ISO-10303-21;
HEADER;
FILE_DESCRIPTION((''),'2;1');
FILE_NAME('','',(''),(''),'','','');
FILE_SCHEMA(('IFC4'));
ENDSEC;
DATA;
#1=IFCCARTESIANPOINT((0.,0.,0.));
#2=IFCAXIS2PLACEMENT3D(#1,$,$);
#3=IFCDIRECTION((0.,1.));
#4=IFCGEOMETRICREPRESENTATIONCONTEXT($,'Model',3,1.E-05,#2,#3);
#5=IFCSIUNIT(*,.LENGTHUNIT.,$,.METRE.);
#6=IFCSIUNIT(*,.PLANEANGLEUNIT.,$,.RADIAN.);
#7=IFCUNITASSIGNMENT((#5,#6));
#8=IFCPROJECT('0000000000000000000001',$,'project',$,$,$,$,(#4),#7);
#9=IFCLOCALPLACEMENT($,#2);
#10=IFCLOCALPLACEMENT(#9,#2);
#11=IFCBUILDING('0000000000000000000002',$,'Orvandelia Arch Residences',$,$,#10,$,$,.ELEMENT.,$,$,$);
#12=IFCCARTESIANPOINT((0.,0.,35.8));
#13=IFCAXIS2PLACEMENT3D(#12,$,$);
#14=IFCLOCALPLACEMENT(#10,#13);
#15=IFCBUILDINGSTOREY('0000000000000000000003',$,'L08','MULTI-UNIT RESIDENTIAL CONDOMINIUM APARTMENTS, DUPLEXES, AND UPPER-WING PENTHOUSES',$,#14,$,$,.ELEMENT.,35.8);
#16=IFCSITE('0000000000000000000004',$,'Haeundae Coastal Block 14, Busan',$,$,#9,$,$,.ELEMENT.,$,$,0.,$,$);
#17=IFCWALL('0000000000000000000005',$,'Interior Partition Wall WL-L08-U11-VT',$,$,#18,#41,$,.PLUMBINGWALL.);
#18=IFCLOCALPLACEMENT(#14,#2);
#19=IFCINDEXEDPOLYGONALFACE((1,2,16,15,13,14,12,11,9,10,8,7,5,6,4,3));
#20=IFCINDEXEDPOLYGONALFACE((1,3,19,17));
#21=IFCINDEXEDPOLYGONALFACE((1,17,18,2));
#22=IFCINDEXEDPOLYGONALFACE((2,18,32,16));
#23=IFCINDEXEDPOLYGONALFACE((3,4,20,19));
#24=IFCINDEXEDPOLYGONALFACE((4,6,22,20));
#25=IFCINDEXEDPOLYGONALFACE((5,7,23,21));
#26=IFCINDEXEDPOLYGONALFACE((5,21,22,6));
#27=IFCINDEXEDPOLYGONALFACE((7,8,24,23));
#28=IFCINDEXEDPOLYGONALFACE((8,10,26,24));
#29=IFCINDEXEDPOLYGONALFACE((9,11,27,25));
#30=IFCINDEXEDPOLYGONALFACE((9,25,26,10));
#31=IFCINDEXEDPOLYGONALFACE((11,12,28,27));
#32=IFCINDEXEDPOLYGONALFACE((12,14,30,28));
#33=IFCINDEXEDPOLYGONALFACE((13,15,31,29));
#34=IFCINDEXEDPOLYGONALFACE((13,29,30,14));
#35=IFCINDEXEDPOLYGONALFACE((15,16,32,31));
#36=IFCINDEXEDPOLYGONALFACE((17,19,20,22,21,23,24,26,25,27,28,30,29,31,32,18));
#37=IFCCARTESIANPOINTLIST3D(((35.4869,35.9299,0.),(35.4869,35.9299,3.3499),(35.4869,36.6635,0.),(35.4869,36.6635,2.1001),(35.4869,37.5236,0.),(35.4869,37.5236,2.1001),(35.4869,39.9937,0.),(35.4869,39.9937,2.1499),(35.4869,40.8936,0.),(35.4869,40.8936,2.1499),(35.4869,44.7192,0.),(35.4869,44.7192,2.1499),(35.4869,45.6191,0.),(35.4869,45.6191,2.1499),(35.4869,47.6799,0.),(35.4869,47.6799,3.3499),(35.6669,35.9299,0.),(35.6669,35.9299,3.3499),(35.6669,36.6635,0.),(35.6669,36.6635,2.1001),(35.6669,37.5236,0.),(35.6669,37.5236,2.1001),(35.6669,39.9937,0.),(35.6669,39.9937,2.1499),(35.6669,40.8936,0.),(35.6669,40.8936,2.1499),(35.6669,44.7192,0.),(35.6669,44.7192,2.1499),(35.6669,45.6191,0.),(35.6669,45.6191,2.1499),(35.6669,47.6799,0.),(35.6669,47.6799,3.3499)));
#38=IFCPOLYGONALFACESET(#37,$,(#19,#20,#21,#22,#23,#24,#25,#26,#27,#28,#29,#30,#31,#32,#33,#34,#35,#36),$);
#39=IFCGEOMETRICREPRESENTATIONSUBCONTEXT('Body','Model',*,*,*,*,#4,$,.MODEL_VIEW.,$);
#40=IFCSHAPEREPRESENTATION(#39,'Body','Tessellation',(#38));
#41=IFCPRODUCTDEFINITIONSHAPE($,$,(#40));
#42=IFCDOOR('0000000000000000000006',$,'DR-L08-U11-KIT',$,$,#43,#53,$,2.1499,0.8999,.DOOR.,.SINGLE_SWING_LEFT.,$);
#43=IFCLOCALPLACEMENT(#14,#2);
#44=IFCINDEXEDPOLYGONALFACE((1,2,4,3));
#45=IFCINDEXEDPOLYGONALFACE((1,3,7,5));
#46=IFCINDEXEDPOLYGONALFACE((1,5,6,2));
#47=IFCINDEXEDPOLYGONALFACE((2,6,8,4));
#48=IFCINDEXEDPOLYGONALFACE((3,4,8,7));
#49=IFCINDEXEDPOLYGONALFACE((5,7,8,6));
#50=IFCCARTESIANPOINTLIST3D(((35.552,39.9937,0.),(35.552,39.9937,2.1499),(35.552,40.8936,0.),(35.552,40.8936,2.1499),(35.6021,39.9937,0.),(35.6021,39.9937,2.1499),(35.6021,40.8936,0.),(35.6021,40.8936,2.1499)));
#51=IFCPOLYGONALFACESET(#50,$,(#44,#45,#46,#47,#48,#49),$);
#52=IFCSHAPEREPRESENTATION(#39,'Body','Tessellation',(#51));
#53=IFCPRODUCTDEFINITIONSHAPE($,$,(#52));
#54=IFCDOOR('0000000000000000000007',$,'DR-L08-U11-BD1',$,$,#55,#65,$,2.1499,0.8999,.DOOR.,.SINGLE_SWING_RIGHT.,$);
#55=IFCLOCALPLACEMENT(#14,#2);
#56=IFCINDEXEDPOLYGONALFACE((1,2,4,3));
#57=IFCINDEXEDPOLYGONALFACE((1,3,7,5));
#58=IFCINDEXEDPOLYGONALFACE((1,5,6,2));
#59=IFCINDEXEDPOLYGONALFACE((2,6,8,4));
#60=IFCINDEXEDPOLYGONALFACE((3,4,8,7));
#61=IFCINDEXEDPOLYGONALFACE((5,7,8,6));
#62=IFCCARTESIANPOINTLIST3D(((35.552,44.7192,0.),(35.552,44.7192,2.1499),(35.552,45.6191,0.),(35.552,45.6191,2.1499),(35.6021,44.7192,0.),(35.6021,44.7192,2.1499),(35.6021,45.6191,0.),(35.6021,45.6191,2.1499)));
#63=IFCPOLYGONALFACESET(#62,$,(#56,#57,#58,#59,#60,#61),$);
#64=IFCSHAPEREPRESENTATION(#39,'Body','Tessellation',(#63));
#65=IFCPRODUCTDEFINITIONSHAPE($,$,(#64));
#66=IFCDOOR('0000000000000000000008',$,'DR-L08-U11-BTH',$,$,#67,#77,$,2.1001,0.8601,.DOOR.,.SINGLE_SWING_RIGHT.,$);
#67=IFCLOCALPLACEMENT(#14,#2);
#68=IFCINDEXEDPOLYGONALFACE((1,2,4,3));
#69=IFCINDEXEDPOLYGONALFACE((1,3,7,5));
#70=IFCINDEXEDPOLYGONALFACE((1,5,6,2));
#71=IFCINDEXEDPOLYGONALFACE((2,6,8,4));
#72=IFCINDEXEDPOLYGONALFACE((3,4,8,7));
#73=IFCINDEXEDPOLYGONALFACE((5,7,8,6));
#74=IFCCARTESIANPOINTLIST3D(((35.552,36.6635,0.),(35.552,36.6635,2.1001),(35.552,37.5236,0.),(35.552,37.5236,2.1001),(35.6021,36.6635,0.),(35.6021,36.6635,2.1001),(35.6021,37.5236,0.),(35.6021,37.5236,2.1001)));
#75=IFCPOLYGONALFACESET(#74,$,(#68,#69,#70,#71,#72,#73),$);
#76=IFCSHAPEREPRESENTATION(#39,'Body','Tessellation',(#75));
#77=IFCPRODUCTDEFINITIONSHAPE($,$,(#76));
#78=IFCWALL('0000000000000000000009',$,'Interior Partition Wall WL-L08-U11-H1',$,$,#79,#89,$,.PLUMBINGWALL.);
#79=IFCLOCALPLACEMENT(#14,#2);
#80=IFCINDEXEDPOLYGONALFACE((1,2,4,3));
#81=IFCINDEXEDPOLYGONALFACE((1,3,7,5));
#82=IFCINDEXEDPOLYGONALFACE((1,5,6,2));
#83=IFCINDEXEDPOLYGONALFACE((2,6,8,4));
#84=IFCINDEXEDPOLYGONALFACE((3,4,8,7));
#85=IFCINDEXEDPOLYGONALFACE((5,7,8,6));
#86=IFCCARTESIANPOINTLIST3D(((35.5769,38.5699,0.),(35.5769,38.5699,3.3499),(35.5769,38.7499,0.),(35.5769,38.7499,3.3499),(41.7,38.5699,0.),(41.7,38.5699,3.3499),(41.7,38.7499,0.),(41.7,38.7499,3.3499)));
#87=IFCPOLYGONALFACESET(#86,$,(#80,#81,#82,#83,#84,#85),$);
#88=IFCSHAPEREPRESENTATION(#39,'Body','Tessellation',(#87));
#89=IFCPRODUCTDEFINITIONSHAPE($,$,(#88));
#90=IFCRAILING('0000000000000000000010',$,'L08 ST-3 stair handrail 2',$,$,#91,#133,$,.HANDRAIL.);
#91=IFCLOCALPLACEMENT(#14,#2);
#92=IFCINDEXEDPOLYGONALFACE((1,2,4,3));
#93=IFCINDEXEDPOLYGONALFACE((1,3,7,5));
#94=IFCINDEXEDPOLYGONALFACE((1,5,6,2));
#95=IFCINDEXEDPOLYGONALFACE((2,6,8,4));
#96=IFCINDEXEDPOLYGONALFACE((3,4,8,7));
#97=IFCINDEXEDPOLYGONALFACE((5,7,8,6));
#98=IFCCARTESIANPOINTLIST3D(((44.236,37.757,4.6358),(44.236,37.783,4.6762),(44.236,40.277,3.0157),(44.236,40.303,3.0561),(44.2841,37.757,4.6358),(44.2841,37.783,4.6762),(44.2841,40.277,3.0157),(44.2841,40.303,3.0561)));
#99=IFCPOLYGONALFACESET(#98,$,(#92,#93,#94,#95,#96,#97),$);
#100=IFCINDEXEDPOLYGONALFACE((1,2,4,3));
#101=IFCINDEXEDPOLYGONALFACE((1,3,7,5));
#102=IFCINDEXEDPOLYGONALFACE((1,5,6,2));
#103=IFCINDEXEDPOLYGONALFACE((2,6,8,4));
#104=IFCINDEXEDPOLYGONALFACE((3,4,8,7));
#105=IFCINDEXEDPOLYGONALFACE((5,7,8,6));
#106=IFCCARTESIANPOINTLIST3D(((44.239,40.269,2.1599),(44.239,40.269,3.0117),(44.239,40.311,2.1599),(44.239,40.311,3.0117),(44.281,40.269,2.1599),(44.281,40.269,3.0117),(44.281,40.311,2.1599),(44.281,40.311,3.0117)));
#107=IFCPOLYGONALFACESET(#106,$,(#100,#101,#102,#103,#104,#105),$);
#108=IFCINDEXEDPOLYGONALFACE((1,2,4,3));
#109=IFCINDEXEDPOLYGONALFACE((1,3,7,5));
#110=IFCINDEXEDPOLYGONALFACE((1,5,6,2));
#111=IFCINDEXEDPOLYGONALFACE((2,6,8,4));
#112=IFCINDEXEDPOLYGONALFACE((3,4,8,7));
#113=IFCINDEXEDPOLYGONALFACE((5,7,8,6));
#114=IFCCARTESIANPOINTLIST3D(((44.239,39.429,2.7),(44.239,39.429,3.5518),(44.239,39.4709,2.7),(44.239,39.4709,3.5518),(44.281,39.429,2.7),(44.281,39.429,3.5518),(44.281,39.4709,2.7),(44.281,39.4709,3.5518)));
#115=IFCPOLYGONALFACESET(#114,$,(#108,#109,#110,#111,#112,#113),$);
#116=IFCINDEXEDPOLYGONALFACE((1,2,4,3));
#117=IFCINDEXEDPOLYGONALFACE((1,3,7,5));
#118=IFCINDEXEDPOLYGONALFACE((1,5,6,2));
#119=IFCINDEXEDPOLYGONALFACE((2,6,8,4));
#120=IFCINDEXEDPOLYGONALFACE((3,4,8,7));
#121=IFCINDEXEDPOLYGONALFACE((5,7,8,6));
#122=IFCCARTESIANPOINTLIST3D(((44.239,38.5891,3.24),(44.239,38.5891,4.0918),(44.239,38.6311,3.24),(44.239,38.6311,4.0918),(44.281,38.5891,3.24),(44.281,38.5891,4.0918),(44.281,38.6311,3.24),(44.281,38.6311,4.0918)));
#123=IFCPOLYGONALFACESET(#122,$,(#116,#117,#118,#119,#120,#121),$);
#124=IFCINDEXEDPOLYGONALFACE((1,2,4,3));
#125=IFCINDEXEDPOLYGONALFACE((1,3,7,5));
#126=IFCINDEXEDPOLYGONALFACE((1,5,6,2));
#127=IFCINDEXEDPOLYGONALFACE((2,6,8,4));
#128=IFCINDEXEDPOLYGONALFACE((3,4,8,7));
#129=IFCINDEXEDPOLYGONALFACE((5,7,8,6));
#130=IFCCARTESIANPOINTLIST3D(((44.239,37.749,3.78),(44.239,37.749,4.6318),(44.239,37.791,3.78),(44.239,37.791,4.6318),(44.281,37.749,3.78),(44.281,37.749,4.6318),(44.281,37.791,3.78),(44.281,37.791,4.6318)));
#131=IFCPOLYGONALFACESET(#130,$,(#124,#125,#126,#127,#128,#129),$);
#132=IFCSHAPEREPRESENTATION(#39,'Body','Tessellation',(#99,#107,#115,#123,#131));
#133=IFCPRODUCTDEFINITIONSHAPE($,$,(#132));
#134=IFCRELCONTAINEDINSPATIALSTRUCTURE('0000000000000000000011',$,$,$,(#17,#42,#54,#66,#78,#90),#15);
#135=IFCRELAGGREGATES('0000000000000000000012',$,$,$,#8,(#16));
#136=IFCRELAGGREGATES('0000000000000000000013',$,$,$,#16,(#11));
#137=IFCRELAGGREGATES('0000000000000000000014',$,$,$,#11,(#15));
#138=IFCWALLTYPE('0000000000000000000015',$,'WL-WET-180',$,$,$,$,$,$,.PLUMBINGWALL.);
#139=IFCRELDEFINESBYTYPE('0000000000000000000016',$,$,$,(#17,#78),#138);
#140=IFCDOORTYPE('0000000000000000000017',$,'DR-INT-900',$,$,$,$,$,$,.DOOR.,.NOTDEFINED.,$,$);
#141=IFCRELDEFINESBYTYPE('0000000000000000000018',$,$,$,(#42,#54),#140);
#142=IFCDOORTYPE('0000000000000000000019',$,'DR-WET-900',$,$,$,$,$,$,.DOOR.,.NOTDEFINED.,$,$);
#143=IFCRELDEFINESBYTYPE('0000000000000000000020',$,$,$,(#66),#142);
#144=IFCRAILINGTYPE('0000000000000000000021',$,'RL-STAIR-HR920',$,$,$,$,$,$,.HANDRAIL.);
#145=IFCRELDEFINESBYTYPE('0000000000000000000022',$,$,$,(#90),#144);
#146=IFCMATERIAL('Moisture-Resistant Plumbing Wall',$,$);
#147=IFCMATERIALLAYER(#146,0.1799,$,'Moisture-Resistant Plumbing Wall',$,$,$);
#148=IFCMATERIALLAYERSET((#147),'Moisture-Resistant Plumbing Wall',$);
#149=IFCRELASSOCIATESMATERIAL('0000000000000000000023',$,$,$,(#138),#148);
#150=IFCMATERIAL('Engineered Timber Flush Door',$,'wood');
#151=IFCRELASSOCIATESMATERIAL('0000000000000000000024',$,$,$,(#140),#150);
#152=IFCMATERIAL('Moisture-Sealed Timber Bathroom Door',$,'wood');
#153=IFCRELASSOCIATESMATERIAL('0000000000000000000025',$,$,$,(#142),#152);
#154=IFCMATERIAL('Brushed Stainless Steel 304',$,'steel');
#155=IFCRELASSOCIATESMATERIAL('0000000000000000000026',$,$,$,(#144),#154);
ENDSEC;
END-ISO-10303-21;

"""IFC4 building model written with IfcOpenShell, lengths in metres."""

from ifc_helpers import new_model, si_unit, direction, frame, frame_2d, origin, origin_2d, place, context, subcontext, project, spatial, rectangle, extrude, material, layer, layer_set, type_object, element, fill, save


model = new_model("IFC4")

# Units and contexts
model_context = context("Model", 3, precision=1e-05, world=origin(), true_north=direction((0.0, 1.0)))
body_context = subcontext(model_context, "Body", "Model", "MODEL_VIEW")
ifc_project = project(units=[si_unit("LENGTHUNIT", "METRE"), si_unit("PLANEANGLEUNIT", "RADIAN")], contexts=[model_context])

# Site, building, storey
site_placement = place(None, origin())
site = spatial("IfcSite", under=ifc_project, at=site_placement, Name="Haeundae Coastal Block 14, Busan", CompositionType="ELEMENT", RefElevation=0.0)
building_placement = place(site_placement, origin())
building = spatial("IfcBuilding", under=site, at=building_placement, Name="Orvandelia Arch Residences", CompositionType="ELEMENT")
storey_placement = place(building_placement, frame((0.0, 0.0, 35.8)))
storey = spatial("IfcBuildingStorey", under=building, at=storey_placement, Name="L08", Description="MULTI-UNIT RESIDENTIAL CONDOMINIUM APARTMENTS, DUPLEXES, AND UPPER-WING PENTHOUSES", CompositionType="ELEMENT", Elevation=35.8)

# Wall, openings, doors
ifc_material_1 = material(Name="Moisture-Resistant Plumbing Wall")
ifc_layer_1 = layer(ifc_material_1, 0.1799, Name="Moisture-Resistant Plumbing Wall")
ifc_layer_set_1 = layer_set([ifc_layer_1], Name="Moisture-Resistant Plumbing Wall")
wall_type_1 = type_object("IfcWallType", Name="WL-WET-180", PredefinedType="PLUMBINGWALL", material=ifc_layer_set_1)
wall_1_placement = place(storey_placement, frame((35.5769, 35.9299, 0.0), z_axis=(0.0, 0.0, 1.0), x_axis=(0.0, 1.0, 0.0)))
wall_1 = element("IfcWall", 1, at=wall_1_placement, inside=storey, type_object=wall_type_1, Name="Interior Partition Wall WL-L08-U11-VT", PredefinedType="PLUMBINGWALL", context=body_context, shape_type="SweptSolid", body=[
    extrude(rectangle(XDim=11.75, YDim=0.1799, at=frame_2d((5.875, 0.0))), origin(), (0.0, 0.0, 1.0), 3.3499),
])
opening_1_placement = place(wall_1_placement, frame((0.7334, 0.0, 0.0)))
opening_1 = element("IfcOpeningElement", 2, at=opening_1_placement, cuts=wall_1, PredefinedType="OPENING", context=body_context, shape_type="SweptSolid", body=[
    extrude(rectangle(XDim=0.8601, YDim=2.1001, at=frame_2d((0.4302, 1.05))), frame((0.0, 0.1001, 0.0), z_axis=(0.0, -1.0, 0.0), x_axis=(1.0, 0.0, 0.0)), (0.0, 0.0, 1.0), 0.2),
])
opening_2_placement = place(wall_1_placement, frame((4.0637, 0.0, 0.0)))
opening_2 = element("IfcOpeningElement", 3, at=opening_2_placement, cuts=wall_1, PredefinedType="OPENING", context=body_context, shape_type="SweptSolid", body=[
    extrude(rectangle(XDim=0.8999, YDim=2.1499, at=frame_2d((0.45, 1.075))), frame((0.0, 0.1001, 0.0), z_axis=(0.0, -1.0, 0.0), x_axis=(1.0, 0.0, 0.0)), (0.0, 0.0, 1.0), 0.2),
])
opening_3_placement = place(wall_1_placement, frame((8.7893, 0.0, 0.0)))
opening_3 = element("IfcOpeningElement", 4, at=opening_3_placement, cuts=wall_1, PredefinedType="OPENING", context=body_context, shape_type="SweptSolid", body=[
    extrude(rectangle(XDim=0.8999, YDim=2.1499, at=frame_2d((0.45, 1.075))), frame((0.0, 0.1001, 0.0), z_axis=(0.0, -1.0, 0.0), x_axis=(1.0, 0.0, 0.0)), (0.0, 0.0, 1.0), 0.2),
])
ifc_material_2 = material(Name="Engineered Timber Flush Door", Category="wood")
door_type_1 = type_object("IfcDoorType", Name="DR-INT-900", OperationType="NOTDEFINED", PredefinedType="DOOR", material=ifc_material_2)
door_1_placement = place(opening_2_placement, origin())
door_1 = element("IfcDoor", 5, at=door_1_placement, inside=storey, type_object=door_type_1, Name="DR-L08-U11-KIT", OperationType="SINGLE_SWING_LEFT", OverallHeight=2.1499, OverallWidth=0.8999, PredefinedType="DOOR", context=body_context, shape_type="SweptSolid", body=[
    extrude(rectangle(XDim=0.8999, YDim=2.1499, at=frame_2d((0.45, 1.075))), frame((0.0, 0.0249, 0.0), z_axis=(0.0, -1.0, 0.0), x_axis=(1.0, 0.0, 0.0)), (0.0, 0.0, 1.0), 0.05),
])
fill(opening_2, door_1)
door_2_placement = place(opening_3_placement, origin())
door_2 = element("IfcDoor", 6, at=door_2_placement, inside=storey, type_object=door_type_1, Name="DR-L08-U11-BD1", OperationType="SINGLE_SWING_RIGHT", OverallHeight=2.1499, OverallWidth=0.8999, PredefinedType="DOOR", context=body_context, shape_type="SweptSolid", body=[
    extrude(rectangle(XDim=0.8999, YDim=2.1499, at=frame_2d((0.45, 1.075))), frame((0.0, 0.0249, 0.0), z_axis=(0.0, -1.0, 0.0), x_axis=(1.0, 0.0, 0.0)), (0.0, 0.0, 1.0), 0.05),
])
fill(opening_3, door_2)
ifc_material_3 = material(Name="Moisture-Sealed Timber Bathroom Door", Category="wood")
door_type_2 = type_object("IfcDoorType", Name="DR-WET-900", OperationType="NOTDEFINED", PredefinedType="DOOR", material=ifc_material_3)
door_3_placement = place(opening_1_placement, origin())
door_3 = element("IfcDoor", 7, at=door_3_placement, inside=storey, type_object=door_type_2, Name="DR-L08-U11-BTH", OperationType="SINGLE_SWING_RIGHT", OverallHeight=2.1001, OverallWidth=0.8601, PredefinedType="DOOR", context=body_context, shape_type="SweptSolid", body=[
    extrude(rectangle(XDim=0.8601, YDim=2.1001, at=frame_2d((0.4302, 1.05))), frame((0.0, 0.0249, 0.0), z_axis=(0.0, -1.0, 0.0), x_axis=(1.0, 0.0, 0.0)), (0.0, 0.0, 1.0), 0.05),
])
fill(opening_1, door_3)

# Wall
wall_2_placement = place(storey_placement, frame((35.5769, 38.6599, 0.0), z_axis=(0.0, 0.0, 1.0), x_axis=(1.0, 0.0, 0.0)))
element("IfcWall", 8, at=wall_2_placement, inside=storey, type_object=wall_type_1, Name="Interior Partition Wall WL-L08-U11-H1", PredefinedType="PLUMBINGWALL", context=body_context, shape_type="SweptSolid", body=[
    extrude(rectangle(XDim=6.123, YDim=0.1799, at=frame_2d((3.0615, 0.0))), origin(), (0.0, 0.0, 1.0), 3.3499),
])

# Railing
ifc_material_4 = material(Name="Brushed Stainless Steel 304", Category="steel")
railing_type = type_object("IfcRailingType", Name="RL-STAIR-HR920", PredefinedType="HANDRAIL", material=ifc_material_4)
railing_placement = place(storey_placement, frame((44.26, 40.29, 2.1599)))
element("IfcRailing", 9, at=railing_placement, inside=storey, type_object=railing_type, Name="L08 ST-3 stair handrail 2", PredefinedType="HANDRAIL", context=body_context, shape_type="SweptSolid", body=[
    extrude(rectangle(XDim=0.0481, YDim=0.0481, at=origin_2d()), frame((0.0, 0.0, 0.876), z_axis=(0.0, -0.841163, 0.540782), x_axis=(1.0, 0.0, 0.0)), (0.0, 0.0, 1.0), 2.9958),
    extrude(rectangle(XDim=0.042, YDim=0.042, at=origin_2d()), origin(), (0.0, 0.0, 1.0), 0.8518),
    extrude(rectangle(XDim=0.042, YDim=0.042, at=origin_2d()), frame((0.0, -0.8401, 0.54)), (0.0, 0.0, 1.0), 0.8518),
    extrude(rectangle(XDim=0.042, YDim=0.042, at=origin_2d()), frame((0.0, -1.6799, 1.0801)), (0.0, 0.0, 1.0), 0.8518),
    extrude(rectangle(XDim=0.042, YDim=0.042, at=origin_2d()), frame((0.0, -2.52, 1.6201)), (0.0, 0.0, 1.0), 0.8518),
])

save(model, "model.ifc")
